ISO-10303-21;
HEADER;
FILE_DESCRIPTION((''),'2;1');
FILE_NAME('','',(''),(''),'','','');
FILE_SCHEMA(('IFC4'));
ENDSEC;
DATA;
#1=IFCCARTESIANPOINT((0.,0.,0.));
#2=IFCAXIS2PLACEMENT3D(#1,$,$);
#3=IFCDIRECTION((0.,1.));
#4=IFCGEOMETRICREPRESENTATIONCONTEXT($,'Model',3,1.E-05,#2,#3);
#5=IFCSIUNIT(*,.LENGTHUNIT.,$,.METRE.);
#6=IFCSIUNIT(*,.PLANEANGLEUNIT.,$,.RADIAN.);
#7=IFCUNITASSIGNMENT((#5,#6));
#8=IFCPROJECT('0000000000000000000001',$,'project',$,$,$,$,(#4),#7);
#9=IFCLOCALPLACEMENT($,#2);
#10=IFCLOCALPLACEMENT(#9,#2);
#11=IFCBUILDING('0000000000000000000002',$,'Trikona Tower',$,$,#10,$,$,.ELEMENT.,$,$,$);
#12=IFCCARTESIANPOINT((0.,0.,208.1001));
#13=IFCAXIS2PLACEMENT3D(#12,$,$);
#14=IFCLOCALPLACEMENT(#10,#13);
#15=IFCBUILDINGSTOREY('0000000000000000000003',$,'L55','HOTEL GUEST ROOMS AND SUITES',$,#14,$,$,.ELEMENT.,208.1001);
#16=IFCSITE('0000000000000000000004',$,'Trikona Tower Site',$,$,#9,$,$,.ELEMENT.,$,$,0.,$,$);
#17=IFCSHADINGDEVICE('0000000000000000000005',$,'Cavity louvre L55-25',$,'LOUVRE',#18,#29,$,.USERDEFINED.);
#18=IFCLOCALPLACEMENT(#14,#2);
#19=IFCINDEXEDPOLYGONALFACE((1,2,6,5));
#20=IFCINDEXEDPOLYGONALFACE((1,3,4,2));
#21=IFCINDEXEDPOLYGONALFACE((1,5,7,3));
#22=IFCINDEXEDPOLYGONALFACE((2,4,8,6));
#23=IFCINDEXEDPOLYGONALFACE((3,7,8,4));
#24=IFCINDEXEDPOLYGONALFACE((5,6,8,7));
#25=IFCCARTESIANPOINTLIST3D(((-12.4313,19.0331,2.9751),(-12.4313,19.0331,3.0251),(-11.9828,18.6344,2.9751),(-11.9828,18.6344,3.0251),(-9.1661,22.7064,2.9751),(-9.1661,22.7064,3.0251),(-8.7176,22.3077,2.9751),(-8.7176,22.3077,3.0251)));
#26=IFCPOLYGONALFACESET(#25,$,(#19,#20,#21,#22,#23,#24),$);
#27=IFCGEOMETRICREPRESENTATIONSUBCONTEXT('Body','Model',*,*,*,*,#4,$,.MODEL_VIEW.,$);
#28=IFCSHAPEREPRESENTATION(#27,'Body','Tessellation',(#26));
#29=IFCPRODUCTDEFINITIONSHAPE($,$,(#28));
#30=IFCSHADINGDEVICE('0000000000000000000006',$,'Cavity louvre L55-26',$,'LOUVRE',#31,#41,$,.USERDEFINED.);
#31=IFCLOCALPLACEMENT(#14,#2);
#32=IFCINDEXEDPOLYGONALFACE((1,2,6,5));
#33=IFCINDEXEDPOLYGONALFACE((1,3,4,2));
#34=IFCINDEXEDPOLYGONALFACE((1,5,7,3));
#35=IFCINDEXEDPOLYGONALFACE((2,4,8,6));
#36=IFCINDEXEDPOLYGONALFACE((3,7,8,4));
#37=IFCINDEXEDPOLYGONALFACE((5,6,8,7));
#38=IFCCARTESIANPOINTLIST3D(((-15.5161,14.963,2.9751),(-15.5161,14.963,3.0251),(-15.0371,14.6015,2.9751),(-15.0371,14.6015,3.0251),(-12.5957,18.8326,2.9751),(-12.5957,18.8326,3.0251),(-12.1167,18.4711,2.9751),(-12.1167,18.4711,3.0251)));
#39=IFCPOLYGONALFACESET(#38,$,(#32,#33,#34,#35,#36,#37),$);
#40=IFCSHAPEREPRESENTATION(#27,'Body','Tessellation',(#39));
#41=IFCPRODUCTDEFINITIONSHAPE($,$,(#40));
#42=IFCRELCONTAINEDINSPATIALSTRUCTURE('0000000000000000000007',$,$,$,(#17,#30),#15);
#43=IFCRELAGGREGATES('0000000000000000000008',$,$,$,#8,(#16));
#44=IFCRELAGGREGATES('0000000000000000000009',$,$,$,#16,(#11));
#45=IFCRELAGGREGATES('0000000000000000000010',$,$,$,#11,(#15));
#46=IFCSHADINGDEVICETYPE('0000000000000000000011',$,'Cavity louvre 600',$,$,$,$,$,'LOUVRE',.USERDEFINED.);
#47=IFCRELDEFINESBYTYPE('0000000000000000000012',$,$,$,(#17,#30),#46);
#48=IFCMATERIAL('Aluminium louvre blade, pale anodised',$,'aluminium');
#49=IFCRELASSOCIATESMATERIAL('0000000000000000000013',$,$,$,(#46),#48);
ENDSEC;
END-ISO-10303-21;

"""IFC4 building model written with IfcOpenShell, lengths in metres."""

from ifc_helpers import new_model, si_unit, direction, frame, origin, origin_2d, place, context, subcontext, project, spatial, rectangle, extrude, material, type_object, element, save


model = new_model("IFC4")

# Units and contexts
model_context = context("Model", 3, precision=1e-05, world=origin(), true_north=direction((0.0, 1.0)))
body_context = subcontext(model_context, "Body", "Model", "MODEL_VIEW")
ifc_project = project(units=[si_unit("LENGTHUNIT", "METRE"), si_unit("PLANEANGLEUNIT", "RADIAN")], contexts=[model_context])

# Site, building, storey
site_placement = place(None, origin())
site = spatial("IfcSite", under=ifc_project, at=site_placement, Name="Trikona Tower Site", CompositionType="ELEMENT", RefElevation=0.0)
building_placement = place(site_placement, origin())
building = spatial("IfcBuilding", under=site, at=building_placement, Name="Trikona Tower", CompositionType="ELEMENT")
storey_placement = place(building_placement, frame((0.0, 0.0, 208.1001)))
storey = spatial("IfcBuildingStorey", under=building, at=storey_placement, Name="L55", Description="HOTEL GUEST ROOMS AND SUITES", CompositionType="ELEMENT", Elevation=208.1001)

# Shading devices
ifc_material_1 = material(Name="Aluminium louvre blade, pale anodised", Category="aluminium")
shading_device_type = type_object("IfcShadingDeviceType", Name="Cavity louvre 600", ElementType="LOUVRE", PredefinedType="USERDEFINED", material=ifc_material_1)
shading_device_1_placement = place(storey_placement, frame((-10.5745, 20.6704, 2.9751), z_axis=(0.0, 0.0, 1.0), x_axis=(-0.664367, -0.747406, 0.0)))
element("IfcShadingDevice", 1, at=shading_device_1_placement, inside=storey, type_object=shading_device_type, Name="Cavity louvre L55-25", ObjectType="LOUVRE", PredefinedType="USERDEFINED", context=body_context, shape_type="SweptSolid", body=[
    extrude(rectangle(XDim=4.9148, YDim=0.6001, at=origin_2d()), origin(), (0.0, 0.0, 1.0), 0.05),
])
shading_device_2_placement = place(storey_placement, frame((-13.8164, 16.717, 2.9751), z_axis=(0.0, 0.0, 1.0), x_axis=(-0.602402, -0.798193, 0.0)))
element("IfcShadingDevice", 2, at=shading_device_2_placement, inside=storey, type_object=shading_device_type, Name="Cavity louvre L55-26", ObjectType="LOUVRE", PredefinedType="USERDEFINED", context=body_context, shape_type="SweptSolid", body=[
    extrude(rectangle(XDim=4.8479, YDim=0.6001, at=origin_2d()), origin(), (0.0, 0.0, 1.0), 0.05),
])

save(model, "model.ifc")
